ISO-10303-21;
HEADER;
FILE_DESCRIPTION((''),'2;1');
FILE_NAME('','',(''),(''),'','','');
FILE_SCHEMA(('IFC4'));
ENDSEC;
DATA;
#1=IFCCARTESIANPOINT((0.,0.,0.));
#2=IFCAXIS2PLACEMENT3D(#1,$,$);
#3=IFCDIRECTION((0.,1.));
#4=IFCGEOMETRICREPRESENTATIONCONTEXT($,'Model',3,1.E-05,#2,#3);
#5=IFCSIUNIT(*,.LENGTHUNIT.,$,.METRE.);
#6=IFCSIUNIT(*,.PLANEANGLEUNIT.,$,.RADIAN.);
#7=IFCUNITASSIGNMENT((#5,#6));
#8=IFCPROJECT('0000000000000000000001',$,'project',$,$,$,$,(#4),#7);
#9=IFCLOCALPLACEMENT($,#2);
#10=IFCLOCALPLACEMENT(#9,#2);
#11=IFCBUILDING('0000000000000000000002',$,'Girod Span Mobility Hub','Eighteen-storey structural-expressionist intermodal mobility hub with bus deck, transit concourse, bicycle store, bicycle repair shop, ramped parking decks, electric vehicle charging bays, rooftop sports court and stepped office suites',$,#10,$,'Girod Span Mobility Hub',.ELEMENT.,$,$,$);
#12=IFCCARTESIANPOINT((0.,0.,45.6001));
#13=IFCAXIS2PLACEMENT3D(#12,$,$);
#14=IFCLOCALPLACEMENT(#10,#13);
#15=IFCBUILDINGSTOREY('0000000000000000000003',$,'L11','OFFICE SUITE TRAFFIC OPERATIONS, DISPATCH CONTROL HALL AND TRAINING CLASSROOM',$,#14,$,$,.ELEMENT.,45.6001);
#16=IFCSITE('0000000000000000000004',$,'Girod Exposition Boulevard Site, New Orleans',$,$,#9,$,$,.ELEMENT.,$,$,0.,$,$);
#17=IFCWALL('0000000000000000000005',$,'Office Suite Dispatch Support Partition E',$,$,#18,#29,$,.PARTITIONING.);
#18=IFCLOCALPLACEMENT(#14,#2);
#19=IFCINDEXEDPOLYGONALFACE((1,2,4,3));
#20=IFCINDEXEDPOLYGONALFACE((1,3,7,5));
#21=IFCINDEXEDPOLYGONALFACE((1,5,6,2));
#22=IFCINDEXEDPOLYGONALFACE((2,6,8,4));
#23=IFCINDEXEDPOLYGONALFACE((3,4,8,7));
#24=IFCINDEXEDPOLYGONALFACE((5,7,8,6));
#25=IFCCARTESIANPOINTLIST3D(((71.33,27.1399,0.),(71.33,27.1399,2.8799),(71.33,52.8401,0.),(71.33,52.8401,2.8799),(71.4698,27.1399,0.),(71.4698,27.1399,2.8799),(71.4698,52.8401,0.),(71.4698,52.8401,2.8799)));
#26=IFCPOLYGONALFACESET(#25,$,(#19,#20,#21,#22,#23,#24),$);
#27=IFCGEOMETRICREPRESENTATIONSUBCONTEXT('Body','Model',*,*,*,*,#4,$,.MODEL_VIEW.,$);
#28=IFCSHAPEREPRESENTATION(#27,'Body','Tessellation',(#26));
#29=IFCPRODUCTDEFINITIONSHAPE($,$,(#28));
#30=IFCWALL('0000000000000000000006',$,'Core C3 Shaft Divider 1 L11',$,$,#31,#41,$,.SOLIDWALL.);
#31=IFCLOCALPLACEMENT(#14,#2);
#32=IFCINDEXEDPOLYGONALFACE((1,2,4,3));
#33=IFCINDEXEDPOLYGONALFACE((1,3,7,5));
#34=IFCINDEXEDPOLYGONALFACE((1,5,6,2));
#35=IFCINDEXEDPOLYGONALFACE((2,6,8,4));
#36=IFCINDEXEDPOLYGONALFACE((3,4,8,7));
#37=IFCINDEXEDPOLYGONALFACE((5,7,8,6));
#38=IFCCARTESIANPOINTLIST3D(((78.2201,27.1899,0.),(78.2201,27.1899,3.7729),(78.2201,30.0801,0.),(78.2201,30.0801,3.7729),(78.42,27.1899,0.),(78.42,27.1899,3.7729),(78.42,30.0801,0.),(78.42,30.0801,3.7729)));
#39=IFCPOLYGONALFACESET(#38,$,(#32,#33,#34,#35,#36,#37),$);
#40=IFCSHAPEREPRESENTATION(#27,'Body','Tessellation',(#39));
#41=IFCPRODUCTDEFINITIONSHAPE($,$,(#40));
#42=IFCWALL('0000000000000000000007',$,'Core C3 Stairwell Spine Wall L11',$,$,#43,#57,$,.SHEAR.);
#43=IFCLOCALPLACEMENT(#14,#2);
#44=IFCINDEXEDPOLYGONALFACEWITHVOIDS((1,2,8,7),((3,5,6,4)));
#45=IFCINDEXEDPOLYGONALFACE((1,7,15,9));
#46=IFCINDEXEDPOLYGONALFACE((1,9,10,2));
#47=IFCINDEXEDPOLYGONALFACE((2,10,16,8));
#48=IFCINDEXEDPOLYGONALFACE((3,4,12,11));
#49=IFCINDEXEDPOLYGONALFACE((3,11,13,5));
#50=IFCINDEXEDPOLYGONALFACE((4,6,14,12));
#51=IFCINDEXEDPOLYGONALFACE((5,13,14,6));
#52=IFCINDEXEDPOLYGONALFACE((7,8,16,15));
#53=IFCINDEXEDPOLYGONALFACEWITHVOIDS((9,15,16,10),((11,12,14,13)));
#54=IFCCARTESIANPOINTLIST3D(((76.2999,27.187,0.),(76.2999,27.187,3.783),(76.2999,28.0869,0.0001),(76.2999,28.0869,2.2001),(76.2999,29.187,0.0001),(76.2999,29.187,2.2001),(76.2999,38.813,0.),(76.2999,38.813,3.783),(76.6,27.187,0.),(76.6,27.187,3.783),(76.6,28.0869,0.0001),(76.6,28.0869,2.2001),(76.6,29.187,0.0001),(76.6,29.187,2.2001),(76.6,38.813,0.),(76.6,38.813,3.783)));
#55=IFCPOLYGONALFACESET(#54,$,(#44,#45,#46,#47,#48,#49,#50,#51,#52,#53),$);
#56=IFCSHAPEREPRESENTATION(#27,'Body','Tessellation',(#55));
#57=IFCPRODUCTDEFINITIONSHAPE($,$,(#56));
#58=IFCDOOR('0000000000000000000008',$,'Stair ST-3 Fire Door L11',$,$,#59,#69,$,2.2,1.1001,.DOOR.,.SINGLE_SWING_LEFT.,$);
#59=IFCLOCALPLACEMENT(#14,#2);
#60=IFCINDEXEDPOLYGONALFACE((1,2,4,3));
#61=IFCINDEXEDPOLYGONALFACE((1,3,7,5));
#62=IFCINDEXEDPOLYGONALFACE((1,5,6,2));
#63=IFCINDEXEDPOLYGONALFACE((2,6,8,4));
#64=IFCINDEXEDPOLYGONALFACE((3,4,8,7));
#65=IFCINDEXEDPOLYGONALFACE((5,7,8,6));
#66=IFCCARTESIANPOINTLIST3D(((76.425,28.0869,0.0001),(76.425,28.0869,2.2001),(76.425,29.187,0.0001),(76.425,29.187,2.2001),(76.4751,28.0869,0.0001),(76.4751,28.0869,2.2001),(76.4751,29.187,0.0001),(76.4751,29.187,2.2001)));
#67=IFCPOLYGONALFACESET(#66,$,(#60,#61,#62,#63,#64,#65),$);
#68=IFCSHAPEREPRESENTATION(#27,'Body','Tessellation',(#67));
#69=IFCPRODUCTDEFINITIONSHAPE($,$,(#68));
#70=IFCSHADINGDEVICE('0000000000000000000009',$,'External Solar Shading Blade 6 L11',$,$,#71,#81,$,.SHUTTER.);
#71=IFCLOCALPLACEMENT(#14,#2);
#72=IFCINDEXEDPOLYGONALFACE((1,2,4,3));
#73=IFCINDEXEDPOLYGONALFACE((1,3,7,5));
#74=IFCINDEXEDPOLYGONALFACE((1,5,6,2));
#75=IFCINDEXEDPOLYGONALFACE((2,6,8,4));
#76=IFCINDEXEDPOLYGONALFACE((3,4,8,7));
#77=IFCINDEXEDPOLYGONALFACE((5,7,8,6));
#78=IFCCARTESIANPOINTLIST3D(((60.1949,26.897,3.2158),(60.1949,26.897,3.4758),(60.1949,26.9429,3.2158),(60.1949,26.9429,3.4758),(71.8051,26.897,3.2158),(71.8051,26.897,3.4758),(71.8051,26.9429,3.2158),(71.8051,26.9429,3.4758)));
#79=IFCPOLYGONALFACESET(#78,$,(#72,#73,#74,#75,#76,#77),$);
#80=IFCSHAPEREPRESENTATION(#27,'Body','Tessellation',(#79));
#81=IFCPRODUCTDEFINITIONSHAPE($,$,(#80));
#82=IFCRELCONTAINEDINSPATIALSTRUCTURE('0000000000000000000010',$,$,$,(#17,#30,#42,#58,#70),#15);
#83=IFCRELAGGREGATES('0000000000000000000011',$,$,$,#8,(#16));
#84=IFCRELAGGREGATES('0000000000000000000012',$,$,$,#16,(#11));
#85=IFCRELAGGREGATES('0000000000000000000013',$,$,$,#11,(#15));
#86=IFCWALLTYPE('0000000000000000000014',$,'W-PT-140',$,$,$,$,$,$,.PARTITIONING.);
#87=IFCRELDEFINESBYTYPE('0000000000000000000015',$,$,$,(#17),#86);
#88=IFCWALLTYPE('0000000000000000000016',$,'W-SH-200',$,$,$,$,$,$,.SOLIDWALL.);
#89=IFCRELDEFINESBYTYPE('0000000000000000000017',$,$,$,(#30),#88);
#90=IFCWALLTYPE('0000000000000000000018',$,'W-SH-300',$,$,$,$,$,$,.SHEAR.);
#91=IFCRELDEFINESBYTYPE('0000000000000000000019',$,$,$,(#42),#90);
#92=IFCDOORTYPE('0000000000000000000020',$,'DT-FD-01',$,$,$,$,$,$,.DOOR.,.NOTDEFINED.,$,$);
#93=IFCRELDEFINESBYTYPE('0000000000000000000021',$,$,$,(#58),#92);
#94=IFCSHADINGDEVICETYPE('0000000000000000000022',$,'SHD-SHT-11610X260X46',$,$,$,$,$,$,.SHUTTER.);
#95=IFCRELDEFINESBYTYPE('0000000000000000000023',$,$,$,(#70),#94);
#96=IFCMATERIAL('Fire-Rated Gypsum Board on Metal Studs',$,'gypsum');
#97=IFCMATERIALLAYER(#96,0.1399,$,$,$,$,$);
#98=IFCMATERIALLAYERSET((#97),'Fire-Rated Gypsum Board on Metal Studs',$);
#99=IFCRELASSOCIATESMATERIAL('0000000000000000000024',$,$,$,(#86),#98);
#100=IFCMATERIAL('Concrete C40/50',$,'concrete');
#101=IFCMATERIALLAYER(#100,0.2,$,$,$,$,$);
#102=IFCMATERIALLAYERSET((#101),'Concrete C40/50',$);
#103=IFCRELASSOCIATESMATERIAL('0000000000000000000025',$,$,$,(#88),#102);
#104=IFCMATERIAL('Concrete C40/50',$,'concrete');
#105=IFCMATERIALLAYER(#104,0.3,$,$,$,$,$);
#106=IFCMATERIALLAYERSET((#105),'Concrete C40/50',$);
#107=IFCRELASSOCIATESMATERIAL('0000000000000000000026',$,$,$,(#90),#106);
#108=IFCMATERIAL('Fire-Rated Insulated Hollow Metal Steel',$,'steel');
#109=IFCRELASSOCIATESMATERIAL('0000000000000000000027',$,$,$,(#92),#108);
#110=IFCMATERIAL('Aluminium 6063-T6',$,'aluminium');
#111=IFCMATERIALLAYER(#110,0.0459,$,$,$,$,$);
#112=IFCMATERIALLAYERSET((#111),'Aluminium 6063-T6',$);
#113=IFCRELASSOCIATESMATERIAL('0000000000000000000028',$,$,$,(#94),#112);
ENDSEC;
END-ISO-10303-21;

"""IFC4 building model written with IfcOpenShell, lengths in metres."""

from ifc_helpers import new_model, si_unit, direction, frame, frame_2d, origin, origin_2d, place, context, subcontext, project, spatial, rectangle, extrude, material, layer, layer_set, type_object, element, fill, save


model = new_model("IFC4")

# Units and contexts
model_context = context("Model", 3, precision=1e-05, world=origin(), true_north=direction((0.0, 1.0)))
body_context = subcontext(model_context, "Body", "Model", "MODEL_VIEW")
ifc_project = project(units=[si_unit("LENGTHUNIT", "METRE"), si_unit("PLANEANGLEUNIT", "RADIAN")], contexts=[model_context])

# Site, building, storey
site_placement = place(None, origin())
site = spatial("IfcSite", under=ifc_project, at=site_placement, Name="Girod Exposition Boulevard Site, New Orleans", CompositionType="ELEMENT", RefElevation=0.0)
building_placement = place(site_placement, origin())
building = spatial("IfcBuilding", under=site, at=building_placement, Name="Girod Span Mobility Hub", Description="Eighteen-storey structural-expressionist intermodal mobility hub with bus deck, transit concourse, bicycle store, bicycle repair shop, ramped parking decks, electric vehicle charging bays, rooftop sports court and stepped office suites", LongName="Girod Span Mobility Hub", CompositionType="ELEMENT")
storey_placement = place(building_placement, frame((0.0, 0.0, 45.6001)))
storey = spatial("IfcBuildingStorey", under=building, at=storey_placement, Name="L11", Description="OFFICE SUITE TRAFFIC OPERATIONS, DISPATCH CONTROL HALL AND TRAINING CLASSROOM", CompositionType="ELEMENT", Elevation=45.6001)

# Walls
ifc_material_1 = material(Name="Fire-Rated Gypsum Board on Metal Studs", Category="gypsum")
ifc_layer_1 = layer(ifc_material_1, 0.1399)
ifc_layer_set_1 = layer_set([ifc_layer_1], Name="Fire-Rated Gypsum Board on Metal Studs")
wall_type_1 = type_object("IfcWallType", Name="W-PT-140", PredefinedType="PARTITIONING", material=ifc_layer_set_1)
wall_1_placement = place(storey_placement, frame((71.3999, 27.1399, 0.0), z_axis=(0.0, 0.0, 1.0), x_axis=(0.0, 1.0, 0.0)))
element("IfcWall", 1, at=wall_1_placement, inside=storey, type_object=wall_type_1, Name="Office Suite Dispatch Support Partition E", PredefinedType="PARTITIONING", context=body_context, shape_type="SweptSolid", body=[
    extrude(rectangle(XDim=25.7002, YDim=0.1399, at=frame_2d((12.8501, 0.0))), origin(), (0.0, 0.0, 1.0), 2.8799),
])
ifc_material_2 = material(Name="Concrete C40/50", Category="concrete")
ifc_layer_2 = layer(ifc_material_2, 0.2)
ifc_layer_set_2 = layer_set([ifc_layer_2], Name="Concrete C40/50")
wall_type_2 = type_object("IfcWallType", Name="W-SH-200", PredefinedType="SOLIDWALL", material=ifc_layer_set_2)
wall_2_placement = place(storey_placement, frame((78.3201, 27.1899, 0.0), z_axis=(0.0, 0.0, 1.0), x_axis=(0.0, 1.0, 0.0)))
element("IfcWall", 2, at=wall_2_placement, inside=storey, type_object=wall_type_2, Name="Core C3 Shaft Divider 1 L11", PredefinedType="SOLIDWALL", context=body_context, shape_type="SweptSolid", body=[
    extrude(rectangle(XDim=2.8901, YDim=0.2, at=frame_2d((1.4451, 0.0))), origin(), (0.0, 0.0, 1.0), 3.7729),
])

# Wall, opening, door
ifc_material_3 = material(Name="Concrete C40/50", Category="concrete")
ifc_layer_3 = layer(ifc_material_3, 0.3)
ifc_layer_set_3 = layer_set([ifc_layer_3], Name="Concrete C40/50")
wall_type_3 = type_object("IfcWallType", Name="W-SH-300", PredefinedType="SHEAR", material=ifc_layer_set_3)
wall_3_placement = place(storey_placement, frame((76.45, 27.187, 0.0), z_axis=(0.0, 0.0, 1.0), x_axis=(0.0, 1.0, 0.0)))
wall_3 = element("IfcWall", 3, at=wall_3_placement, inside=storey, type_object=wall_type_3, Name="Core C3 Stairwell Spine Wall L11", PredefinedType="SHEAR", context=body_context, shape_type="SweptSolid", body=[
    extrude(rectangle(XDim=11.626, YDim=0.3, at=frame_2d((5.813, 0.0))), origin(), (0.0, 0.0, 1.0), 3.783),
])
opening_placement = place(wall_3_placement, frame((0.8999, 0.0, 0.0)))
opening = element("IfcOpeningElement", 4, at=opening_placement, cuts=wall_3, PredefinedType="OPENING", context=body_context, shape_type="SweptSolid", body=[
    extrude(rectangle(XDim=1.1001, YDim=2.2, at=frame_2d((0.55, 1.1001))), frame((0.0, 0.165, 0.0), z_axis=(0.0, -1.0, 0.0), x_axis=(1.0, 0.0, 0.0)), (0.0, 0.0, 1.0), 0.3301),
])
ifc_material_4 = material(Name="Fire-Rated Insulated Hollow Metal Steel", Category="steel")
door_type = type_object("IfcDoorType", Name="DT-FD-01", OperationType="NOTDEFINED", PredefinedType="DOOR", material=ifc_material_4)
door_placement = place(opening_placement, origin())
door = element("IfcDoor", 5, at=door_placement, inside=storey, type_object=door_type, Name="Stair ST-3 Fire Door L11", OperationType="SINGLE_SWING_LEFT", OverallHeight=2.2, OverallWidth=1.1001, PredefinedType="DOOR", context=body_context, shape_type="SweptSolid", body=[
    extrude(rectangle(XDim=1.1001, YDim=2.2, at=frame_2d((0.55, 1.1001))), frame((0.0, 0.0249, 0.0), z_axis=(0.0, -1.0, 0.0), x_axis=(1.0, 0.0, 0.0)), (0.0, 0.0, 1.0), 0.05),
])
fill(opening, door)

# Shading device
ifc_material_5 = material(Name="Aluminium 6063-T6", Category="aluminium")
ifc_layer_4 = layer(ifc_material_5, 0.0459)
ifc_layer_set_4 = layer_set([ifc_layer_4], Name="Aluminium 6063-T6")
shading_device_type = type_object("IfcShadingDeviceType", Name="SHD-SHT-11610X260X46", PredefinedType="SHUTTER", material=ifc_layer_set_4)
shading_device_placement = place(storey_placement, frame((66.0, 26.9199, 3.2158), z_axis=(0.0, 0.0, 1.0), x_axis=(1.0, 0.0, 0.0)))
element("IfcShadingDevice", 6, at=shading_device_placement, inside=storey, type_object=shading_device_type, Name="External Solar Shading Blade 6 L11", PredefinedType="SHUTTER", context=body_context, shape_type="SweptSolid", body=[
    extrude(rectangle(XDim=11.6101, YDim=0.0459, at=origin_2d()), origin(), (0.0, 0.0, 1.0), 0.26),
])

save(model, "model.ifc")
